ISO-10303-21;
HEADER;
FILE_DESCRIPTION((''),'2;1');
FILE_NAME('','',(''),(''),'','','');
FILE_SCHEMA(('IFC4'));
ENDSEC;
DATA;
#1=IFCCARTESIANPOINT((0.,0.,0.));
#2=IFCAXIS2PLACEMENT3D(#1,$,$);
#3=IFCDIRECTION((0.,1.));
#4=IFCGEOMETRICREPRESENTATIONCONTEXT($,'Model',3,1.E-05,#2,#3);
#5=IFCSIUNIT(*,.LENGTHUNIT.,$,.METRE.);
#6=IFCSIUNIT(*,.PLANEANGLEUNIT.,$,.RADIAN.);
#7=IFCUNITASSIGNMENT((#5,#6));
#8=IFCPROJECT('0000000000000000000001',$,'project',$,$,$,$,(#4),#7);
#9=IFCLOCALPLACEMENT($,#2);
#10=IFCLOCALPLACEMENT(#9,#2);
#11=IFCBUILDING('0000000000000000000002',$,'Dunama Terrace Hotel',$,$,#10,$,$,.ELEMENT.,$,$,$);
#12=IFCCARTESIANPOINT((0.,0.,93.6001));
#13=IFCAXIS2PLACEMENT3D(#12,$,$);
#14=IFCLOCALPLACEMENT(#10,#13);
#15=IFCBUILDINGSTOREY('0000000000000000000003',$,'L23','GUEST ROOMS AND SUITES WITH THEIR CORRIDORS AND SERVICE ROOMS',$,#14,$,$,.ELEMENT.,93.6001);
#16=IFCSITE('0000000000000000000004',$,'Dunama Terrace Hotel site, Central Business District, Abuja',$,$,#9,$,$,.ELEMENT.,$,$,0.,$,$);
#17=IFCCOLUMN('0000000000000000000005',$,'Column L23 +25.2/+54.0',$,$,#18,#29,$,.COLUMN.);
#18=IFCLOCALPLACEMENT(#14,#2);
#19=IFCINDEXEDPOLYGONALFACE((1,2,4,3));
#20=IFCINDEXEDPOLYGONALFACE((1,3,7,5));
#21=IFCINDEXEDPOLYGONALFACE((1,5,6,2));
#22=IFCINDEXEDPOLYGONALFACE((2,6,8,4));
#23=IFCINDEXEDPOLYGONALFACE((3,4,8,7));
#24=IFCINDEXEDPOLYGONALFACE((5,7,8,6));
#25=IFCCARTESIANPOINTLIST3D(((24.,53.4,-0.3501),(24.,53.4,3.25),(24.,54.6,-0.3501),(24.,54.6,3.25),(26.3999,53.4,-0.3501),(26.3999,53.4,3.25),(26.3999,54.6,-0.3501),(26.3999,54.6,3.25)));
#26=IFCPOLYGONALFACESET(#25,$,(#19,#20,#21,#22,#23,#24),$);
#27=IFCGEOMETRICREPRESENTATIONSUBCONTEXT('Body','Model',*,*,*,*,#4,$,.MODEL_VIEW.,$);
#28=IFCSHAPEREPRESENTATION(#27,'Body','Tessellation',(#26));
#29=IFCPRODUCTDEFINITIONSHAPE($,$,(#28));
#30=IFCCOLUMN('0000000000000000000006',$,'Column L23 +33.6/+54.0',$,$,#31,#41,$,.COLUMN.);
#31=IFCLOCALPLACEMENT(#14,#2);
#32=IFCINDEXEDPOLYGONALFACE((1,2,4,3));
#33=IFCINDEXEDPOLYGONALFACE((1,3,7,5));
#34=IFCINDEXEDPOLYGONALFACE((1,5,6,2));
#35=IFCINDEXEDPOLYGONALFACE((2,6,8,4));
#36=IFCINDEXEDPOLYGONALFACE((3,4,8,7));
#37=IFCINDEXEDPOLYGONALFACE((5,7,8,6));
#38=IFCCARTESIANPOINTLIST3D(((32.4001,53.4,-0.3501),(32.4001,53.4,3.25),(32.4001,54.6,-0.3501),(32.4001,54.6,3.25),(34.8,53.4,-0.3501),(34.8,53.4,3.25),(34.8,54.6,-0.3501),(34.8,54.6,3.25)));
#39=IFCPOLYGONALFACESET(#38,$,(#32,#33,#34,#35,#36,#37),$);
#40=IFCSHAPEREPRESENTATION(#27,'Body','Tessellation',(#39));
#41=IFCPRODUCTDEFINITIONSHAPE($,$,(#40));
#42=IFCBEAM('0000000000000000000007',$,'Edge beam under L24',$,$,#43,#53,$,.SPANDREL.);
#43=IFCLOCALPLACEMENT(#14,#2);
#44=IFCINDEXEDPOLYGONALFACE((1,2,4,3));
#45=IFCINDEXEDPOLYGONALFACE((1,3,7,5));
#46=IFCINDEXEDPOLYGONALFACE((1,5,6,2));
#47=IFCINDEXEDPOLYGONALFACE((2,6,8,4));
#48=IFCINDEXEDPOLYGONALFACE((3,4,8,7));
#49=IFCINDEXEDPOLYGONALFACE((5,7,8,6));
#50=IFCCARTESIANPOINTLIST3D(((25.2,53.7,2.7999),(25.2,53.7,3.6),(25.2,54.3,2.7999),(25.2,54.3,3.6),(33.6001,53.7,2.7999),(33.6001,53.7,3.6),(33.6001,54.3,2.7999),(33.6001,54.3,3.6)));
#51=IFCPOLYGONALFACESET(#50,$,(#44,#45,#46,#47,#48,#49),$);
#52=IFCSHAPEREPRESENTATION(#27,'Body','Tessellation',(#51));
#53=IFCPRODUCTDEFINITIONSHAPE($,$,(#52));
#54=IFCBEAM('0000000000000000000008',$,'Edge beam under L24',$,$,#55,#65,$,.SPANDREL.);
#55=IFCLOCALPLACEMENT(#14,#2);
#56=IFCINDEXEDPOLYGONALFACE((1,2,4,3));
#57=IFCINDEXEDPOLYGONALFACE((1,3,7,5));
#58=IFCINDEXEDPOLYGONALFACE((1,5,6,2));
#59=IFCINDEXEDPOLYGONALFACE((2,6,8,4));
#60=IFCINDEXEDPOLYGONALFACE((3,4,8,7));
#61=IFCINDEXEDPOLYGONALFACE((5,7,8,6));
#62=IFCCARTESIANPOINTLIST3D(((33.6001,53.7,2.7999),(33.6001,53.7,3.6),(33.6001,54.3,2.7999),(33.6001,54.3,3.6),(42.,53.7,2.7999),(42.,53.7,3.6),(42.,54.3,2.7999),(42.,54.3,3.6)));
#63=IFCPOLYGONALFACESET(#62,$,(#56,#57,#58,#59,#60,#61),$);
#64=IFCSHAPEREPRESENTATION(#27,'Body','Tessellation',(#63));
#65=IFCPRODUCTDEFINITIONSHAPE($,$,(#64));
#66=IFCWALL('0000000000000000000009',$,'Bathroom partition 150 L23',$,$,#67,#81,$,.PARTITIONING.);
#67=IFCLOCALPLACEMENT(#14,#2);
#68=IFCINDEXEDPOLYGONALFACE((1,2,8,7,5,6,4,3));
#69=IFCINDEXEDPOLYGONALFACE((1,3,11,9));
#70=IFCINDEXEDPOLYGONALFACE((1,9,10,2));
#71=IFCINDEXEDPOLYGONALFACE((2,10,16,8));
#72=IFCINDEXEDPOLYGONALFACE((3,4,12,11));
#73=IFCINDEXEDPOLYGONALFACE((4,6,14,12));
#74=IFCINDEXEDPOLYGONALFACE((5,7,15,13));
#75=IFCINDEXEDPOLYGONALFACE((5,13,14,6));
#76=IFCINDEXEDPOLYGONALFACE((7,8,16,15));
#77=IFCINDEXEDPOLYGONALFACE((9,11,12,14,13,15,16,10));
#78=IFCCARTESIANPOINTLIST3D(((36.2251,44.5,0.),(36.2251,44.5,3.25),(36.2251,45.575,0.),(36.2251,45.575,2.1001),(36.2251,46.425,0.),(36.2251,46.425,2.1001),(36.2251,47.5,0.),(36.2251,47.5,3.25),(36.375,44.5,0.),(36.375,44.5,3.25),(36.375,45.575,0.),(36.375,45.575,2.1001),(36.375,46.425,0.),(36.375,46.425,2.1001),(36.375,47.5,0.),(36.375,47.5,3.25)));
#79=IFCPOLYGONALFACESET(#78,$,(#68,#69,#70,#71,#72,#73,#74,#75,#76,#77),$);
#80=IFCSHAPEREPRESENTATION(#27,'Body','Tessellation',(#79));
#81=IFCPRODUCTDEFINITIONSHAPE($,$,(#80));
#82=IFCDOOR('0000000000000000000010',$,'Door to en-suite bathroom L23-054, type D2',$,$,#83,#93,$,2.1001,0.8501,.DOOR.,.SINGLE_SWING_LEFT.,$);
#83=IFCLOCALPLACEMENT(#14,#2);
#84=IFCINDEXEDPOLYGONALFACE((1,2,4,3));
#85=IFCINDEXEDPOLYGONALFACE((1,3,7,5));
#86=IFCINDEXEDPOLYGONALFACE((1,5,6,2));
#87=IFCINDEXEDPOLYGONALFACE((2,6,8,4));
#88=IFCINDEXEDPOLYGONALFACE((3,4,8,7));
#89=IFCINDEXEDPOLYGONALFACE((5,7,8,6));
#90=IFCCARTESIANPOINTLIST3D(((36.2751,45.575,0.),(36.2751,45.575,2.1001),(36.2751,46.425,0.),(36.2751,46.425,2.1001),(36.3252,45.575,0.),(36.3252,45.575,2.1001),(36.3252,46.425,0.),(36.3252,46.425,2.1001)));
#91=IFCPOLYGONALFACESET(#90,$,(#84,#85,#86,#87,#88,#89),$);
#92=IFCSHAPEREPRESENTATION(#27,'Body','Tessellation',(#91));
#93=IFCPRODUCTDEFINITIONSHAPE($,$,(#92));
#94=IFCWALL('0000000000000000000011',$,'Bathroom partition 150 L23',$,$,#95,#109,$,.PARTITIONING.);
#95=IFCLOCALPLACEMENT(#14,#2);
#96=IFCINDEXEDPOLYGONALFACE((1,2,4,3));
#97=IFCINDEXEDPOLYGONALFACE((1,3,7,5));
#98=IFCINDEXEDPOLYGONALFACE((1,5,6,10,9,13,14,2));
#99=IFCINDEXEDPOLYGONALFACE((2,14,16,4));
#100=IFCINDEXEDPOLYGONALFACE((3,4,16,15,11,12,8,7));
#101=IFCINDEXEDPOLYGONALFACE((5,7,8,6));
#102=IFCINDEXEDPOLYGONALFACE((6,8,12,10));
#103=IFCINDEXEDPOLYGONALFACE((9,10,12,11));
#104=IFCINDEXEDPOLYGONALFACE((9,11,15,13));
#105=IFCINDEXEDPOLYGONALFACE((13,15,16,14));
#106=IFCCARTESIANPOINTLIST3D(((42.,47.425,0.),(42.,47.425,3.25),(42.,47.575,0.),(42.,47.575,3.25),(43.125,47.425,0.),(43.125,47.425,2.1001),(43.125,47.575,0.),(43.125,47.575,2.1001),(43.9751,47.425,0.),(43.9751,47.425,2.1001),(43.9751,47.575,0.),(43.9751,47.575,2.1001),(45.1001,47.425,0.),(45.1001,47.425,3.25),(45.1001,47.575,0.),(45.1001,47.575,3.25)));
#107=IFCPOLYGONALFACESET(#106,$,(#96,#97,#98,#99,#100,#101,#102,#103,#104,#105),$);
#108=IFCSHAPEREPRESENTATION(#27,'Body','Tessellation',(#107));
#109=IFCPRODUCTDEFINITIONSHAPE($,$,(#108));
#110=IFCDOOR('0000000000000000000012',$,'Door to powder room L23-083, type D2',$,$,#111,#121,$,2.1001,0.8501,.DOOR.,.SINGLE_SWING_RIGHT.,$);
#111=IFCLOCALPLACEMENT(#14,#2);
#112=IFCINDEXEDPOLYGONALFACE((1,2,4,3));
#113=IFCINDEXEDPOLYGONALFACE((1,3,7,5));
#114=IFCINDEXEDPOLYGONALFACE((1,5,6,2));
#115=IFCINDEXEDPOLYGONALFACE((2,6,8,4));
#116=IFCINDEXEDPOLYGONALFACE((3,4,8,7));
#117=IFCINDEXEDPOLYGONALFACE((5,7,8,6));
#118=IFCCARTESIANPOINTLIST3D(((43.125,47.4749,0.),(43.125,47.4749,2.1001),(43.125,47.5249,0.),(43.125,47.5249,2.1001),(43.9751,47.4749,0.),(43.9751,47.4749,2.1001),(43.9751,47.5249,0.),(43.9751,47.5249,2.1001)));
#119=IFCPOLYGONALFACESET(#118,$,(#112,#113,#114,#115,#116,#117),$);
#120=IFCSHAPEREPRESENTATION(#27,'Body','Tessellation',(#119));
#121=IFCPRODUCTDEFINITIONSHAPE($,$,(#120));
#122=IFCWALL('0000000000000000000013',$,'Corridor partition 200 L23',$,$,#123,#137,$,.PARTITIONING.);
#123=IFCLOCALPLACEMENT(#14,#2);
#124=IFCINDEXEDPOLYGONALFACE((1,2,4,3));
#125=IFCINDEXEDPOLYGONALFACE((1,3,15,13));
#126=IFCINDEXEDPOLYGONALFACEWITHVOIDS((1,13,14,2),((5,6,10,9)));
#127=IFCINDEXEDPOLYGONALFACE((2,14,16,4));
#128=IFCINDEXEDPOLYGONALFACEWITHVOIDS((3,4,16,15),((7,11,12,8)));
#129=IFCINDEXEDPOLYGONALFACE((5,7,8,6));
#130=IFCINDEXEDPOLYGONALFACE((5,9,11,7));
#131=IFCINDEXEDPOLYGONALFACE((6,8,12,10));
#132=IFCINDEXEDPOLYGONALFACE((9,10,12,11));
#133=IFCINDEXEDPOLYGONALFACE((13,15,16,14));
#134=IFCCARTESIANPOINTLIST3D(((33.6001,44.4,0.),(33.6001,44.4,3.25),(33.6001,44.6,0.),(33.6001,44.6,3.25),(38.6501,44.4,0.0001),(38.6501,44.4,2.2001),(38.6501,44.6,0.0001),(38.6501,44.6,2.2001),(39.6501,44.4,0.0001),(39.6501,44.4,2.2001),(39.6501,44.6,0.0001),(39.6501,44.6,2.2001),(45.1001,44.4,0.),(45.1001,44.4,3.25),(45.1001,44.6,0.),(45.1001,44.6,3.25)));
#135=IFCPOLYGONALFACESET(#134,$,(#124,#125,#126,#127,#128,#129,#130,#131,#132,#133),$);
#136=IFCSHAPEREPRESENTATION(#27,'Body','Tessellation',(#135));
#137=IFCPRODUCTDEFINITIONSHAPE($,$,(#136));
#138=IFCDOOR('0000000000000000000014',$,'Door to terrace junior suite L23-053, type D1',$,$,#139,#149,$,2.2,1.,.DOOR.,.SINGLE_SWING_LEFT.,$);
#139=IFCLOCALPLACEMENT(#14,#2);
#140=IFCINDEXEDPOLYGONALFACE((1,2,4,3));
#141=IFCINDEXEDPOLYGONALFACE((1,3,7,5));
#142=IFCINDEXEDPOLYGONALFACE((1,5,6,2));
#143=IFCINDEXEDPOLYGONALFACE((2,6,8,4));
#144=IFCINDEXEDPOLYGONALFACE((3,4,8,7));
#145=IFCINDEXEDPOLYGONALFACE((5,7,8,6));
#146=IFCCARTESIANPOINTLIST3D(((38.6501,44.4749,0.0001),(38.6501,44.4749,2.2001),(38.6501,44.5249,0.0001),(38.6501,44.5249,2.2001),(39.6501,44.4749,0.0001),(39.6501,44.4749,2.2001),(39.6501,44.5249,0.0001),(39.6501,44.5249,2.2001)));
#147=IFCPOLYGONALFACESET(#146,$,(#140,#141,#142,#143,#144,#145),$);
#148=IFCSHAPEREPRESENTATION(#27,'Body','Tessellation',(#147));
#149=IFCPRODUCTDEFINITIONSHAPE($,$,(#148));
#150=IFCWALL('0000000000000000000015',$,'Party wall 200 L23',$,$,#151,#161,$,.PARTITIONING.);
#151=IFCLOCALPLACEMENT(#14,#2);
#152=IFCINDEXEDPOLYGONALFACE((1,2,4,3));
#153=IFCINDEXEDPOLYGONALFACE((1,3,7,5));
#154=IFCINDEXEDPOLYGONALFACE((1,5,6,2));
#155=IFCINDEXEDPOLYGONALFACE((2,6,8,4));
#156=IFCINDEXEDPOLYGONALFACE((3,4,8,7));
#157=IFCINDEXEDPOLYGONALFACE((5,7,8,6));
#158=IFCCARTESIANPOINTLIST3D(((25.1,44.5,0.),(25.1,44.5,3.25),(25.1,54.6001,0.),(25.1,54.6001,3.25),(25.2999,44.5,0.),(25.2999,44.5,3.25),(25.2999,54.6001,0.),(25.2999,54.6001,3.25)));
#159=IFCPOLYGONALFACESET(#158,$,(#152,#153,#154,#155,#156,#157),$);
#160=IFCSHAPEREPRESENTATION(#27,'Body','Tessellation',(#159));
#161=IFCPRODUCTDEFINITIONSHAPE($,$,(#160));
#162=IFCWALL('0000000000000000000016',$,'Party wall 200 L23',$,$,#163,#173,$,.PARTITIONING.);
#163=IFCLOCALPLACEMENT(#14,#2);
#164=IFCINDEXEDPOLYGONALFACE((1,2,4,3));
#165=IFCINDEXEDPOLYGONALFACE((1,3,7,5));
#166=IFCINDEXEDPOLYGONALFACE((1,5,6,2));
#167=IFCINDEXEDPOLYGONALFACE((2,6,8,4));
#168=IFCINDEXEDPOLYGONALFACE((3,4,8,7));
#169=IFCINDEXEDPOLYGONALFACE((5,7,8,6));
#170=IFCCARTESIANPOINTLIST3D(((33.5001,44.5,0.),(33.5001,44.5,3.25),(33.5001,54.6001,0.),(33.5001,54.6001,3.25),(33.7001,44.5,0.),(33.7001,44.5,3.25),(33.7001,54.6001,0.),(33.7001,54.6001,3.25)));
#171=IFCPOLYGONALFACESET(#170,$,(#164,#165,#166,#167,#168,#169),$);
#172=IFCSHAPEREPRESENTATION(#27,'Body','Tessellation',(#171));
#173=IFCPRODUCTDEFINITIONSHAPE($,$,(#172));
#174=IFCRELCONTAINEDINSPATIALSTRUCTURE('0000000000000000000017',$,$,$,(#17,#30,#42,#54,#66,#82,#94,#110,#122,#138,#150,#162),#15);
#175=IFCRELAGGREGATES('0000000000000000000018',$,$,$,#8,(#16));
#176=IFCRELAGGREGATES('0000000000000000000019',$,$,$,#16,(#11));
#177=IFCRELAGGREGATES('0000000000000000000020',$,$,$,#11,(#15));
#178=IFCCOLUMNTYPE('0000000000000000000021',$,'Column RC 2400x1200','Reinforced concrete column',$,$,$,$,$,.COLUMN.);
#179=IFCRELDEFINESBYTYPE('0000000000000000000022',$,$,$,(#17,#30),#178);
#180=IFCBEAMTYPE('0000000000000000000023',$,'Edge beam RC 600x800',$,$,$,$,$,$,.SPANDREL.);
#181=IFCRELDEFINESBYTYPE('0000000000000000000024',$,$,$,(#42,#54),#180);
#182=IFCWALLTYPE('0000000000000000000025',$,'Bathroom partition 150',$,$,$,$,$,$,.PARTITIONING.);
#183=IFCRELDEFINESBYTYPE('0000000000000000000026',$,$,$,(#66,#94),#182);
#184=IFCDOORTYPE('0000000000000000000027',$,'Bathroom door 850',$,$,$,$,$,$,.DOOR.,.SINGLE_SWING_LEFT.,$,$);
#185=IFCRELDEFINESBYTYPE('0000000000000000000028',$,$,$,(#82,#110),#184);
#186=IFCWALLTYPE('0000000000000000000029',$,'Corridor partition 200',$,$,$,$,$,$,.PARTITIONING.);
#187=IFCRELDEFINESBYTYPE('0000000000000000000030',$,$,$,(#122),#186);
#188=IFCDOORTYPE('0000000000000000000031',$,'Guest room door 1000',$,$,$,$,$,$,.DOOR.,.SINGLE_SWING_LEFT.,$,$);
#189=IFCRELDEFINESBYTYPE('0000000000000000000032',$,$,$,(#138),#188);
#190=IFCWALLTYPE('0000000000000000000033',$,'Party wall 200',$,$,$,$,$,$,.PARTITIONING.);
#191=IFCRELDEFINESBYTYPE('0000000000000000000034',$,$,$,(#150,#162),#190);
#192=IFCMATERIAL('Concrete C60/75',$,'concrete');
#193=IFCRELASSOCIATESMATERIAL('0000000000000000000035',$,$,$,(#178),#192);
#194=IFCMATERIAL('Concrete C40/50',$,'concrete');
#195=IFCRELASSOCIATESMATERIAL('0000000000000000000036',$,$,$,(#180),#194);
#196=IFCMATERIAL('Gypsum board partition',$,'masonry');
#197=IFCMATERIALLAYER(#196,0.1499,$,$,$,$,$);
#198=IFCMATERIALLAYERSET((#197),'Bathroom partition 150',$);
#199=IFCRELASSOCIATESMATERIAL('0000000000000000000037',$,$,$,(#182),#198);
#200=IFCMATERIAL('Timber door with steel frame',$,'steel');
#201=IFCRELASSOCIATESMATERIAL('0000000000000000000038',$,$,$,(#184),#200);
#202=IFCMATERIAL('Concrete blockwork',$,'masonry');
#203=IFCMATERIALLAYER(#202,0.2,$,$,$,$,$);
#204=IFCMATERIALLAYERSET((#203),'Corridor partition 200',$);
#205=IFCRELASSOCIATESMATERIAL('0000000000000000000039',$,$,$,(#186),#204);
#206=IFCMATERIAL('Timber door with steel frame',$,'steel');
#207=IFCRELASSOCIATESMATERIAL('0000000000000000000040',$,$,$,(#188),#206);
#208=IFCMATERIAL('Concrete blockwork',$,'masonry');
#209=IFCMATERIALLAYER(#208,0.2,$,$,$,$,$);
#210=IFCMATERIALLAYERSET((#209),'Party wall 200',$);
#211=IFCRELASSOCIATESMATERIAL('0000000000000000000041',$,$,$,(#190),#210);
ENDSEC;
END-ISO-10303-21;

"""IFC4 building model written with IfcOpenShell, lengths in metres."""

from ifc_helpers import new_model, si_unit, direction, frame, frame_2d, origin, origin_2d, place, context, subcontext, project, spatial, rectangle, extrude, material, layer, layer_set, material_profile, profile_set, type_object, element, fill, save


model = new_model("IFC4")

# Units and contexts
model_context = context("Model", 3, precision=1e-05, world=origin(), true_north=direction((0.0, 1.0)))
body_context = subcontext(model_context, "Body", "Model", "MODEL_VIEW")
ifc_project = project(units=[si_unit("LENGTHUNIT", "METRE"), si_unit("PLANEANGLEUNIT", "RADIAN")], contexts=[model_context])

# Site, building, storey
site_placement = place(None, origin())
site = spatial("IfcSite", under=ifc_project, at=site_placement, Name="Dunama Terrace Hotel site, Central Business District, Abuja", CompositionType="ELEMENT", RefElevation=0.0)
building_placement = place(site_placement, origin())
building = spatial("IfcBuilding", under=site, at=building_placement, Name="Dunama Terrace Hotel", CompositionType="ELEMENT")
storey_placement = place(building_placement, frame((0.0, 0.0, 93.6001)))
storey = spatial("IfcBuildingStorey", under=building, at=storey_placement, Name="L23", Description="GUEST ROOMS AND SUITES WITH THEIR CORRIDORS AND SERVICE ROOMS", CompositionType="ELEMENT", Elevation=93.6001)

# Columns
ifc_material_1 = material(Name="Concrete C60/75", Category="concrete")
ifc_material_profile_1 = material_profile(ifc_material_1, rectangle(XDim=2.3999, YDim=1.2, at=origin_2d()), Name="RC 2400x1200")
ifc_profile_set_1 = profile_set([ifc_material_profile_1], Name="Concrete C60/75")
column_type = type_object("IfcColumnType", Name="Column RC 2400x1200", Description="Reinforced concrete column", PredefinedType="COLUMN", material=ifc_profile_set_1)
for number, where, z_axis, x_axis, name in (
    (1, (25.2, 54.0, -0.3501), (0.0, 0.0, 1.0), (1.0, 0.0, 0.0), "Column L23 +25.2/+54.0"),
    (2, (33.6001, 54.0, -0.3501), (0.0, 0.0, 1.0), (1.0, 0.0, 0.0), "Column L23 +33.6/+54.0"),
):
    element("IfcColumn", number, at=place(storey_placement, frame(where, z_axis=z_axis, x_axis=x_axis)), inside=storey, type_object=column_type, Name=name, PredefinedType="COLUMN", context=body_context, shape_type="SweptSolid", body=[
        extrude(rectangle(XDim=2.3999, YDim=1.2, at=origin_2d()), origin(), (0.0, 0.0, 1.0), 3.6001),
    ])

# Beams
ifc_material_2 = material(Name="Concrete C40/50", Category="concrete")
ifc_material_profile_2 = material_profile(ifc_material_2, rectangle(XDim=0.6001, YDim=0.8, at=origin_2d()), Name="RC 600x800")
ifc_profile_set_2 = profile_set([ifc_material_profile_2], Name="Concrete C40/50")
beam_type = type_object("IfcBeamType", Name="Edge beam RC 600x800", PredefinedType="SPANDREL", material=ifc_profile_set_2)
beam_1_placement = place(storey_placement, frame((25.2, 54.0, 3.2), z_axis=(1.0, 0.0, 0.0), x_axis=(0.0, 1.0, 0.0)))
element("IfcBeam", 3, at=beam_1_placement, inside=storey, type_object=beam_type, Name="Edge beam under L24", PredefinedType="SPANDREL", context=body_context, shape_type="SweptSolid", body=[
    extrude(rectangle(XDim=0.6001, YDim=0.8, at=origin_2d()), origin(), (0.0, 0.0, 1.0), 8.4001),
])
beam_2_placement = place(storey_placement, frame((33.6001, 54.0, 3.2), z_axis=(1.0, 0.0, 0.0), x_axis=(0.0, 1.0, 0.0)))
element("IfcBeam", 4, at=beam_2_placement, inside=storey, type_object=beam_type, Name="Edge beam under L24", PredefinedType="SPANDREL", context=body_context, shape_type="SweptSolid", body=[
    extrude(rectangle(XDim=0.6001, YDim=0.8, at=origin_2d()), origin(), (0.0, 0.0, 1.0), 8.3999),
])

# Walls, openings, doors
ifc_material_3 = material(Name="Gypsum board partition", Category="masonry")
ifc_layer_1 = layer(ifc_material_3, 0.1499)
ifc_layer_set_1 = layer_set([ifc_layer_1], Name="Bathroom partition 150")
wall_type_1 = type_object("IfcWallType", Name="Bathroom partition 150", PredefinedType="PARTITIONING", material=ifc_layer_set_1)
wall_1_placement = place(storey_placement, frame((36.3, 44.5, 0.0), z_axis=(0.0, 0.0, 1.0), x_axis=(0.0, 1.0, 0.0)))
wall_1 = element("IfcWall", 5, at=wall_1_placement, inside=storey, type_object=wall_type_1, Name="Bathroom partition 150 L23", PredefinedType="PARTITIONING", context=body_context, shape_type="SweptSolid", body=[
    extrude(rectangle(XDim=3.0, YDim=0.1499, at=frame_2d((1.5, 0.0))), origin(), (0.0, 0.0, 1.0), 3.25),
])
opening_1_placement = place(wall_1_placement, frame((1.075, 0.0, 0.0)))
opening_1 = element("IfcOpeningElement", 6, at=opening_1_placement, cuts=wall_1, PredefinedType="OPENING", context=body_context, shape_type="SweptSolid", body=[
    extrude(rectangle(XDim=0.8501, YDim=2.1001, at=frame_2d((0.425, 1.05))), frame((0.0, 0.085, 0.0), z_axis=(0.0, -1.0, 0.0), x_axis=(1.0, 0.0, 0.0)), (0.0, 0.0, 1.0), 0.1699),
])
ifc_material_4 = material(Name="Timber door with steel frame", Category="steel")
door_type_1 = type_object("IfcDoorType", Name="Bathroom door 850", OperationType="SINGLE_SWING_LEFT", PredefinedType="DOOR", material=ifc_material_4)
door_1_placement = place(opening_1_placement, origin())
door_1 = element("IfcDoor", 7, at=door_1_placement, inside=storey, type_object=door_type_1, Name="Door to en-suite bathroom L23-054, type D2", OperationType="SINGLE_SWING_LEFT", OverallHeight=2.1001, OverallWidth=0.8501, PredefinedType="DOOR", context=body_context, shape_type="SweptSolid", body=[
    extrude(rectangle(XDim=0.8501, YDim=2.1001, at=frame_2d((0.425, 1.05))), frame((0.0, 0.0249, 0.0), z_axis=(0.0, -1.0, 0.0), x_axis=(1.0, 0.0, 0.0)), (0.0, 0.0, 1.0), 0.05),
])
fill(opening_1, door_1)
wall_2_placement = place(storey_placement, frame((42.0, 47.5, 0.0), z_axis=(0.0, 0.0, 1.0), x_axis=(1.0, 0.0, 0.0)))
wall_2 = element("IfcWall", 8, at=wall_2_placement, inside=storey, type_object=wall_type_1, Name="Bathroom partition 150 L23", PredefinedType="PARTITIONING", context=body_context, shape_type="SweptSolid", body=[
    extrude(rectangle(XDim=3.1001, YDim=0.1499, at=frame_2d((1.55, 0.0))), origin(), (0.0, 0.0, 1.0), 3.25),
])
opening_2_placement = place(wall_2_placement, frame((1.125, 0.0, 0.0)))
opening_2 = element("IfcOpeningElement", 9, at=opening_2_placement, cuts=wall_2, PredefinedType="OPENING", context=body_context, shape_type="SweptSolid", body=[
    extrude(rectangle(XDim=0.8501, YDim=2.1001, at=frame_2d((0.425, 1.05))), frame((0.0, 0.085, 0.0), z_axis=(0.0, -1.0, 0.0), x_axis=(1.0, 0.0, 0.0)), (0.0, 0.0, 1.0), 0.1699),
])
door_2_placement = place(opening_2_placement, frame((0.8501, 0.0, 0.0), z_axis=(0.0, 0.0, 1.0), x_axis=(-1.0, 0.0, 0.0)))
door_2 = element("IfcDoor", 10, at=door_2_placement, inside=storey, type_object=door_type_1, Name="Door to powder room L23-083, type D2", OperationType="SINGLE_SWING_RIGHT", OverallHeight=2.1001, OverallWidth=0.8501, PredefinedType="DOOR", context=body_context, shape_type="SweptSolid", body=[
    extrude(rectangle(XDim=0.8501, YDim=2.1001, at=frame_2d((0.425, 1.05))), frame((0.0, 0.0251, 0.0), z_axis=(0.0, -1.0, 0.0), x_axis=(1.0, 0.0, 0.0)), (0.0, 0.0, 1.0), 0.05),
])
fill(opening_2, door_2)
ifc_material_5 = material(Name="Concrete blockwork", Category="masonry")
ifc_layer_2 = layer(ifc_material_5, 0.2)
ifc_layer_set_2 = layer_set([ifc_layer_2], Name="Corridor partition 200")
wall_type_2 = type_object("IfcWallType", Name="Corridor partition 200", PredefinedType="PARTITIONING", material=ifc_layer_set_2)
wall_3_placement = place(storey_placement, frame((33.6001, 44.5, 0.0), z_axis=(0.0, 0.0, 1.0), x_axis=(1.0, 0.0, 0.0)))
wall_3 = element("IfcWall", 11, at=wall_3_placement, inside=storey, type_object=wall_type_2, Name="Corridor partition 200 L23", PredefinedType="PARTITIONING", context=body_context, shape_type="SweptSolid", body=[
    extrude(rectangle(XDim=11.5, YDim=0.2, at=frame_2d((5.75, 0.0))), origin(), (0.0, 0.0, 1.0), 3.25),
])
opening_3_placement = place(wall_3_placement, frame((5.05, 0.0, 0.0)))
opening_3 = element("IfcOpeningElement", 12, at=opening_3_placement, cuts=wall_3, PredefinedType="OPENING", context=body_context, shape_type="SweptSolid", body=[
    extrude(rectangle(XDim=1.0, YDim=2.2, at=frame_2d((0.5, 1.1001))), frame((0.0, 0.1099, 0.0), z_axis=(0.0, -1.0, 0.0), x_axis=(1.0, 0.0, 0.0)), (0.0, 0.0, 1.0), 0.22),
])
ifc_material_6 = material(Name="Timber door with steel frame", Category="steel")
door_type_2 = type_object("IfcDoorType", Name="Guest room door 1000", OperationType="SINGLE_SWING_LEFT", PredefinedType="DOOR", material=ifc_material_6)
door_3_placement = place(opening_3_placement, origin())
door_3 = element("IfcDoor", 13, at=door_3_placement, inside=storey, type_object=door_type_2, Name="Door to terrace junior suite L23-053, type D1", OperationType="SINGLE_SWING_LEFT", OverallHeight=2.2, OverallWidth=1.0, PredefinedType="DOOR", context=body_context, shape_type="SweptSolid", body=[
    extrude(rectangle(XDim=1.0, YDim=2.2, at=frame_2d((0.5, 1.1001))), frame((0.0, 0.0249, 0.0), z_axis=(0.0, -1.0, 0.0), x_axis=(1.0, 0.0, 0.0)), (0.0, 0.0, 1.0), 0.05),
])
fill(opening_3, door_3)

# Walls
ifc_material_7 = material(Name="Concrete blockwork", Category="masonry")
ifc_layer_3 = layer(ifc_material_7, 0.2)
ifc_layer_set_3 = layer_set([ifc_layer_3], Name="Party wall 200")
wall_type_3 = type_object("IfcWallType", Name="Party wall 200", PredefinedType="PARTITIONING", material=ifc_layer_set_3)
for number, where, z_axis, x_axis, name in (
    (14, (25.2, 44.5, 0.0), (0.0, 0.0, 1.0), (0.0, 1.0, 0.0), "Party wall 200 L23"),
    (15, (33.6001, 44.5, 0.0), (0.0, 0.0, 1.0), (0.0, 1.0, 0.0), "Party wall 200 L23"),
):
    element("IfcWall", number, at=place(storey_placement, frame(where, z_axis=z_axis, x_axis=x_axis)), inside=storey, type_object=wall_type_3, Name=name, PredefinedType="PARTITIONING", context=body_context, shape_type="SweptSolid", body=[
        extrude(rectangle(XDim=10.1001, YDim=0.2, at=frame_2d((5.05, 0.0))), origin(), (0.0, 0.0, 1.0), 3.25),
    ])

save(model, "model.ifc")
